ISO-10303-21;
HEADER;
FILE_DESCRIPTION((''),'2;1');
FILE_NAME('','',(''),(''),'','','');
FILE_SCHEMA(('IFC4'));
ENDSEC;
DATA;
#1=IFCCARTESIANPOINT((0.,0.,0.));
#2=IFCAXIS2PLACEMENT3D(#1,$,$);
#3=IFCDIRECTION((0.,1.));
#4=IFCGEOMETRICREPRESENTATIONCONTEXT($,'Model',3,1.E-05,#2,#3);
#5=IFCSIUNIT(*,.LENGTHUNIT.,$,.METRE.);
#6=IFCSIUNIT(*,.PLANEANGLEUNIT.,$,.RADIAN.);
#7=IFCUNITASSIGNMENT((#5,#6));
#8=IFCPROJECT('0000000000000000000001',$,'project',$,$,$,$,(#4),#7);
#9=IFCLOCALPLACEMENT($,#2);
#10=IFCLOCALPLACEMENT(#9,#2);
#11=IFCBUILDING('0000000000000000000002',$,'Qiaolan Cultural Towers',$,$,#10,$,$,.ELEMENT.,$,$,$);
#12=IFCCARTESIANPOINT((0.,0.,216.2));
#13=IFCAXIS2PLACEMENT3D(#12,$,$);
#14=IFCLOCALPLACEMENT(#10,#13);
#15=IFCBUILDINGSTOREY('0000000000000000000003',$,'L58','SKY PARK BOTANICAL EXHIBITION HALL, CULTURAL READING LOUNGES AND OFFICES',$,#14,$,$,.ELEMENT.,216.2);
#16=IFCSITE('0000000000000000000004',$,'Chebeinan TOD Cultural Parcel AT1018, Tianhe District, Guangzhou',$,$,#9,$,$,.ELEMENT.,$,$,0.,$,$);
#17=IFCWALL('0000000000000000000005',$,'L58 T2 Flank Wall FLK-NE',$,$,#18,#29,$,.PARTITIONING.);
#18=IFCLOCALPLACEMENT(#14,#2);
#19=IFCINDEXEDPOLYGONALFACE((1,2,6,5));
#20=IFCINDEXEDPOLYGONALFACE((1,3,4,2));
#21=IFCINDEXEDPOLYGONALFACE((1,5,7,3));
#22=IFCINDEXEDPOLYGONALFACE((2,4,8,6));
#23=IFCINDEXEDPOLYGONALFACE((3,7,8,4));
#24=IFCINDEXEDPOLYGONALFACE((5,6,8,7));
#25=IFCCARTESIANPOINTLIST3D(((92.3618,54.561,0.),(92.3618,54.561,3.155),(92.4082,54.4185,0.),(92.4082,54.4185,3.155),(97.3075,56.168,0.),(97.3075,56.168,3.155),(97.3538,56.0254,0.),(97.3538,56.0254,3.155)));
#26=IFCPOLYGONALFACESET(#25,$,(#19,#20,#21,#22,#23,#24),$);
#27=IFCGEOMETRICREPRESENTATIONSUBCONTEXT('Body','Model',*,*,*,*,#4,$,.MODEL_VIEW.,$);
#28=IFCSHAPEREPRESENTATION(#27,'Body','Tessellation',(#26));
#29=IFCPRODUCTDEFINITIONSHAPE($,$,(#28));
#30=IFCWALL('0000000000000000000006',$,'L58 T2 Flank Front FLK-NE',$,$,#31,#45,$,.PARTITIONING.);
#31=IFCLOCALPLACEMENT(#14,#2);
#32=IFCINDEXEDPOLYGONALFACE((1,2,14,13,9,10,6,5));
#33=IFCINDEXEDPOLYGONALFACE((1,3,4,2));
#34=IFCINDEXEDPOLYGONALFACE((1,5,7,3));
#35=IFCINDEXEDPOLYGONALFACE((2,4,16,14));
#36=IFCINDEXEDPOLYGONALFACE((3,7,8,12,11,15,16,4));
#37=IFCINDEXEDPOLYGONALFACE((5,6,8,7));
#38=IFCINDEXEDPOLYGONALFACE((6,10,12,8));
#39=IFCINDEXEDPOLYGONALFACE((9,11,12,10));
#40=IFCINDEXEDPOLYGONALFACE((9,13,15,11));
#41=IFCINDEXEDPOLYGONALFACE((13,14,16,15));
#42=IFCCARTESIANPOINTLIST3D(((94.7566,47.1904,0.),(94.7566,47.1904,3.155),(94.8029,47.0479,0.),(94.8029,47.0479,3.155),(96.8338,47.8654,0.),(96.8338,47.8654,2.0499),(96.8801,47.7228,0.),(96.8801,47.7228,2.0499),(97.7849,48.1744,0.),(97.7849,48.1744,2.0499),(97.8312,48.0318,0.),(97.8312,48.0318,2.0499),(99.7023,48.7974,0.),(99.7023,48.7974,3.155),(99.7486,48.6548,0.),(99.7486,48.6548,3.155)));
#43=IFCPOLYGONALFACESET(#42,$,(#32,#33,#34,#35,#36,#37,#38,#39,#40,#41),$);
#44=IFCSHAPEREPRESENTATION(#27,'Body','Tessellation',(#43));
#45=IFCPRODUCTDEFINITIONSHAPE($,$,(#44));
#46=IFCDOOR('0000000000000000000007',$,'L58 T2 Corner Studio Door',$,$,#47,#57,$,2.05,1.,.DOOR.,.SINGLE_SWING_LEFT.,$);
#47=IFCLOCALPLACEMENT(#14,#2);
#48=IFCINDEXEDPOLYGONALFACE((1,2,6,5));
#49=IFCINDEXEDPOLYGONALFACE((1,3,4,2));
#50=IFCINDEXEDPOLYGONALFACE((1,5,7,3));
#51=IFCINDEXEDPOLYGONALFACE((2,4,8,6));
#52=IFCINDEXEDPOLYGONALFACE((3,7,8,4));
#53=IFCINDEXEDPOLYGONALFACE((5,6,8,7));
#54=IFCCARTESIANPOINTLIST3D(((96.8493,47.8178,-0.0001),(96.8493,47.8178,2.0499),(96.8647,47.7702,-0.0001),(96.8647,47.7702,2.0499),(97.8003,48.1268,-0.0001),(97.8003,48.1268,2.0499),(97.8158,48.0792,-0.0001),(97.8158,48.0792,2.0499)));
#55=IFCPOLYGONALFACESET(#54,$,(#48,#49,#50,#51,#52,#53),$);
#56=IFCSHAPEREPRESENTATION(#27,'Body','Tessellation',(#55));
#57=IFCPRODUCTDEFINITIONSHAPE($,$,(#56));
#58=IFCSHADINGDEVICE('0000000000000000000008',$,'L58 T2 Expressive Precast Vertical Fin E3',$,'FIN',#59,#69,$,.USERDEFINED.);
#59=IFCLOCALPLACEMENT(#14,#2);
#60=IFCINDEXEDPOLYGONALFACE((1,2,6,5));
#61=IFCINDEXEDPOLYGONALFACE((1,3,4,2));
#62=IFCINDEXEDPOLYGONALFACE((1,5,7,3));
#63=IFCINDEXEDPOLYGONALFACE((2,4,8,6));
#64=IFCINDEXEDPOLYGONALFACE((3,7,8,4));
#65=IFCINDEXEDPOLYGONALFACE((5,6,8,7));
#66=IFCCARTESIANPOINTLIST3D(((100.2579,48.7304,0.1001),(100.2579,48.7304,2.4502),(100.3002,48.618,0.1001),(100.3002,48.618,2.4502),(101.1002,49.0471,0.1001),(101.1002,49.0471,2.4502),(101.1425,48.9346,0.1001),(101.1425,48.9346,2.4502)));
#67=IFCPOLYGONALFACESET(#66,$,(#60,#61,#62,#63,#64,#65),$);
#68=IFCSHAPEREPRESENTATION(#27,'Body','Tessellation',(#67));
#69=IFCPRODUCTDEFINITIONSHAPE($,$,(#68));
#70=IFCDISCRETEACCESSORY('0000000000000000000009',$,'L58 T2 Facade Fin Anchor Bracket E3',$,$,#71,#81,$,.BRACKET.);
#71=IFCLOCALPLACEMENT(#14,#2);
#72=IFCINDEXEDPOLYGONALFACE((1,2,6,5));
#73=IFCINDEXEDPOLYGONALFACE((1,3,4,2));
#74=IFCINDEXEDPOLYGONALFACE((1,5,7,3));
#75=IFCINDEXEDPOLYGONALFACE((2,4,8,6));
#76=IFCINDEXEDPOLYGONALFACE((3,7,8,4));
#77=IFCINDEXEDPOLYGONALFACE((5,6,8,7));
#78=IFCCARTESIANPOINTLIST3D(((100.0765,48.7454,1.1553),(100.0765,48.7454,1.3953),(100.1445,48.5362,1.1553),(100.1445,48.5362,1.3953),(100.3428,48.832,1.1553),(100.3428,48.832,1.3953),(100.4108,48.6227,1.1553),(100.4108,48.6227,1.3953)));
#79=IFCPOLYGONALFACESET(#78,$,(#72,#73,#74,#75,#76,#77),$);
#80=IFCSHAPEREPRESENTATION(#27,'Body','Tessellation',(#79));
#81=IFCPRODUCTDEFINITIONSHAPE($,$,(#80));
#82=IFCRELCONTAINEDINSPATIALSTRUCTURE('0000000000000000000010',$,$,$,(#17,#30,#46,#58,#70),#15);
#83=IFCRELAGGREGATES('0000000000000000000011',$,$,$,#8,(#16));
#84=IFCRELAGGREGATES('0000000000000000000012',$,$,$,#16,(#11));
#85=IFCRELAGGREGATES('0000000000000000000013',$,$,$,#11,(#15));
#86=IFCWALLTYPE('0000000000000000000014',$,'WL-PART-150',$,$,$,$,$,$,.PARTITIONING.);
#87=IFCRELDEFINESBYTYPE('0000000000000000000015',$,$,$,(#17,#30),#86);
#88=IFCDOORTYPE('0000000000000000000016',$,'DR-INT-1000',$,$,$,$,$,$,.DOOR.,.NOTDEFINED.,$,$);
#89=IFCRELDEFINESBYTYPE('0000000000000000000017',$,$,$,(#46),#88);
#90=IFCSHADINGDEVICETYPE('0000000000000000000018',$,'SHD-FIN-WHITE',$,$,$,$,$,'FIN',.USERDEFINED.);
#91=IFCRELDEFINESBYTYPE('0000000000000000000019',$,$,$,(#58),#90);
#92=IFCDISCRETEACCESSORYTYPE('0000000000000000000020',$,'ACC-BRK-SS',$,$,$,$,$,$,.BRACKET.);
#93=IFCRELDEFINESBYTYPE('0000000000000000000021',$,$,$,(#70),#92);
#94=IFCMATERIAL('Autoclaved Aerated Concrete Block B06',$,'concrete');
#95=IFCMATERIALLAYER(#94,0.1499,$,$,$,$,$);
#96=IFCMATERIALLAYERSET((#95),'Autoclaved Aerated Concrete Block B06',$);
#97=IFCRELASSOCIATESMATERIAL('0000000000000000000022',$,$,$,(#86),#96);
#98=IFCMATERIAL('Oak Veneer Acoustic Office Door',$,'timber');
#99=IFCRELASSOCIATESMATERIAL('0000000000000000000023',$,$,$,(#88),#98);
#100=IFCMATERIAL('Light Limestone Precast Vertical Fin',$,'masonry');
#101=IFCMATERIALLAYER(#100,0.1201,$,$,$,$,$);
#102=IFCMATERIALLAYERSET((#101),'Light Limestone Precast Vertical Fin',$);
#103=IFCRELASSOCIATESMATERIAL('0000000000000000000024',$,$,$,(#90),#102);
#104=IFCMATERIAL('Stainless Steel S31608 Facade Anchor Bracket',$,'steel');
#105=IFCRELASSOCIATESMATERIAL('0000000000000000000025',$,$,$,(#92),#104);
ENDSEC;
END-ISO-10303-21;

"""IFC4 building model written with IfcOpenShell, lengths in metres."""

from ifc_helpers import new_model, si_unit, direction, frame, frame_2d, origin, origin_2d, place, context, subcontext, project, spatial, rectangle, extrude, material, layer, layer_set, type_object, element, fill, save


model = new_model("IFC4")

# Units and contexts
model_context = context("Model", 3, precision=1e-05, world=origin(), true_north=direction((0.0, 1.0)))
body_context = subcontext(model_context, "Body", "Model", "MODEL_VIEW")
ifc_project = project(units=[si_unit("LENGTHUNIT", "METRE"), si_unit("PLANEANGLEUNIT", "RADIAN")], contexts=[model_context])

# Site, building, storey
site_placement = place(None, origin())
site = spatial("IfcSite", under=ifc_project, at=site_placement, Name="Chebeinan TOD Cultural Parcel AT1018, Tianhe District, Guangzhou", CompositionType="ELEMENT", RefElevation=0.0)
building_placement = place(site_placement, origin())
building = spatial("IfcBuilding", under=site, at=building_placement, Name="Qiaolan Cultural Towers", CompositionType="ELEMENT")
storey_placement = place(building_placement, frame((0.0, 0.0, 216.2)))
storey = spatial("IfcBuildingStorey", under=building, at=storey_placement, Name="L58", Description="SKY PARK BOTANICAL EXHIBITION HALL, CULTURAL READING LOUNGES AND OFFICES", CompositionType="ELEMENT", Elevation=216.2)

# Shared definitions
ifc_material_1 = material(Name="Autoclaved Aerated Concrete Block B06", Category="concrete")
ifc_layer_1 = layer(ifc_material_1, 0.1499)
ifc_layer_set_1 = layer_set([ifc_layer_1], Name="Autoclaved Aerated Concrete Block B06")
wall_type_1 = type_object("IfcWallType", Name="WL-PART-150", PredefinedType="PARTITIONING", material=ifc_layer_set_1)

# Wall
wall_1_placement = place(storey_placement, frame((92.385, 54.4897, 0.0), z_axis=(0.0, 0.0, 1.0), x_axis=(0.951055, 0.309021, 0.0)))
element("IfcWall", 1, at=wall_1_placement, inside=storey, type_object=wall_type_1, Name="L58 T2 Flank Wall FLK-NE", PredefinedType="PARTITIONING", context=body_context, shape_type="SweptSolid", body=[
    extrude(rectangle(XDim=5.2002, YDim=0.1499, at=frame_2d((2.6001, 0.0))), origin(), (0.0, 0.0, 1.0), 3.155),
])

# Wall, opening, door
wall_2_placement = place(storey_placement, frame((94.7798, 47.1191, 0.0), z_axis=(0.0, 0.0, 1.0), x_axis=(0.951055, 0.309021, 0.0)))
wall_2 = element("IfcWall", 2, at=wall_2_placement, inside=storey, type_object=wall_type_1, Name="L58 T2 Flank Front FLK-NE", PredefinedType="PARTITIONING", context=body_context, shape_type="SweptSolid", body=[
    extrude(rectangle(XDim=5.2002, YDim=0.1499, at=frame_2d((2.6001, 0.0))), origin(), (0.0, 0.0, 1.0), 3.155),
])
opening_1_placement = place(wall_2_placement, frame((2.1841, 0.0, 0.0)))
opening_1 = element("IfcOpeningElement", 3, at=opening_1_placement, cuts=wall_2, PredefinedType="OPENING", context=body_context, shape_type="SweptSolid", body=[
    extrude(rectangle(XDim=1.0, YDim=2.05, at=frame_2d((0.5, 1.0249))), frame((0.0, 0.085, 0.0), z_axis=(0.0, -1.0, 0.0), x_axis=(1.0, 0.0, 0.0)), (0.0, 0.0, 1.0), 0.1699),
])
ifc_material_2 = material(Name="Oak Veneer Acoustic Office Door", Category="timber")
door_type_1 = type_object("IfcDoorType", Name="DR-INT-1000", OperationType="NOTDEFINED", PredefinedType="DOOR", material=ifc_material_2)
door_1_placement = place(opening_1_placement, origin())
door_1 = element("IfcDoor", 4, at=door_1_placement, inside=storey, type_object=door_type_1, Name="L58 T2 Corner Studio Door", OperationType="SINGLE_SWING_LEFT", OverallHeight=2.05, OverallWidth=1.0, PredefinedType="DOOR", context=body_context, shape_type="SweptSolid", body=[
    extrude(rectangle(XDim=1.0, YDim=2.05, at=frame_2d((0.5, 1.0249))), frame((0.0, 0.0249, 0.0), z_axis=(0.0, -1.0, 0.0), x_axis=(1.0, 0.0, 0.0)), (0.0, 0.0, 1.0), 0.05),
])
fill(opening_1, door_1)

# Shading device
ifc_material_3 = material(Name="Light Limestone Precast Vertical Fin", Category="masonry")
ifc_layer_2 = layer(ifc_material_3, 0.1201)
ifc_layer_set_2 = layer_set([ifc_layer_2], Name="Light Limestone Precast Vertical Fin")
shading_device_type = type_object("IfcShadingDeviceType", Name="SHD-FIN-WHITE", ElementType="FIN", PredefinedType="USERDEFINED", material=ifc_layer_set_2)
shading_device_placement = place(storey_placement, frame((100.7002, 48.8325, 0.1001), z_axis=(0.0, 0.0, 1.0), x_axis=(0.936031, 0.351919, 0.0)))
element("IfcShadingDevice", 5, at=shading_device_placement, inside=storey, type_object=shading_device_type, Name="L58 T2 Expressive Precast Vertical Fin E3", ObjectType="FIN", PredefinedType="USERDEFINED", context=body_context, shape_type="SweptSolid", body=[
    extrude(rectangle(XDim=0.8999, YDim=0.1201, at=origin_2d()), origin(), (0.0, 0.0, 1.0), 2.3501),
])

# Discrete accessory
ifc_material_4 = material(Name="Stainless Steel S31608 Facade Anchor Bracket", Category="steel")
discrete_accessory_type = type_object("IfcDiscreteAccessoryType", Name="ACC-BRK-SS", PredefinedType="BRACKET", material=ifc_material_4)
discrete_accessory_placement = place(storey_placement, frame((100.2437, 48.6841, 1.1553), z_axis=(0.0, 0.0, 1.0), x_axis=(0.951057, 0.309017, 0.0)))
element("IfcDiscreteAccessory", 6, at=discrete_accessory_placement, inside=storey, type_object=discrete_accessory_type, Name="L58 T2 Facade Fin Anchor Bracket E3", PredefinedType="BRACKET", context=body_context, shape_type="SweptSolid", body=[
    extrude(rectangle(XDim=0.28, YDim=0.22, at=origin_2d()), origin(), (0.0, 0.0, 1.0), 0.24),
])

save(model, "model.ifc")
